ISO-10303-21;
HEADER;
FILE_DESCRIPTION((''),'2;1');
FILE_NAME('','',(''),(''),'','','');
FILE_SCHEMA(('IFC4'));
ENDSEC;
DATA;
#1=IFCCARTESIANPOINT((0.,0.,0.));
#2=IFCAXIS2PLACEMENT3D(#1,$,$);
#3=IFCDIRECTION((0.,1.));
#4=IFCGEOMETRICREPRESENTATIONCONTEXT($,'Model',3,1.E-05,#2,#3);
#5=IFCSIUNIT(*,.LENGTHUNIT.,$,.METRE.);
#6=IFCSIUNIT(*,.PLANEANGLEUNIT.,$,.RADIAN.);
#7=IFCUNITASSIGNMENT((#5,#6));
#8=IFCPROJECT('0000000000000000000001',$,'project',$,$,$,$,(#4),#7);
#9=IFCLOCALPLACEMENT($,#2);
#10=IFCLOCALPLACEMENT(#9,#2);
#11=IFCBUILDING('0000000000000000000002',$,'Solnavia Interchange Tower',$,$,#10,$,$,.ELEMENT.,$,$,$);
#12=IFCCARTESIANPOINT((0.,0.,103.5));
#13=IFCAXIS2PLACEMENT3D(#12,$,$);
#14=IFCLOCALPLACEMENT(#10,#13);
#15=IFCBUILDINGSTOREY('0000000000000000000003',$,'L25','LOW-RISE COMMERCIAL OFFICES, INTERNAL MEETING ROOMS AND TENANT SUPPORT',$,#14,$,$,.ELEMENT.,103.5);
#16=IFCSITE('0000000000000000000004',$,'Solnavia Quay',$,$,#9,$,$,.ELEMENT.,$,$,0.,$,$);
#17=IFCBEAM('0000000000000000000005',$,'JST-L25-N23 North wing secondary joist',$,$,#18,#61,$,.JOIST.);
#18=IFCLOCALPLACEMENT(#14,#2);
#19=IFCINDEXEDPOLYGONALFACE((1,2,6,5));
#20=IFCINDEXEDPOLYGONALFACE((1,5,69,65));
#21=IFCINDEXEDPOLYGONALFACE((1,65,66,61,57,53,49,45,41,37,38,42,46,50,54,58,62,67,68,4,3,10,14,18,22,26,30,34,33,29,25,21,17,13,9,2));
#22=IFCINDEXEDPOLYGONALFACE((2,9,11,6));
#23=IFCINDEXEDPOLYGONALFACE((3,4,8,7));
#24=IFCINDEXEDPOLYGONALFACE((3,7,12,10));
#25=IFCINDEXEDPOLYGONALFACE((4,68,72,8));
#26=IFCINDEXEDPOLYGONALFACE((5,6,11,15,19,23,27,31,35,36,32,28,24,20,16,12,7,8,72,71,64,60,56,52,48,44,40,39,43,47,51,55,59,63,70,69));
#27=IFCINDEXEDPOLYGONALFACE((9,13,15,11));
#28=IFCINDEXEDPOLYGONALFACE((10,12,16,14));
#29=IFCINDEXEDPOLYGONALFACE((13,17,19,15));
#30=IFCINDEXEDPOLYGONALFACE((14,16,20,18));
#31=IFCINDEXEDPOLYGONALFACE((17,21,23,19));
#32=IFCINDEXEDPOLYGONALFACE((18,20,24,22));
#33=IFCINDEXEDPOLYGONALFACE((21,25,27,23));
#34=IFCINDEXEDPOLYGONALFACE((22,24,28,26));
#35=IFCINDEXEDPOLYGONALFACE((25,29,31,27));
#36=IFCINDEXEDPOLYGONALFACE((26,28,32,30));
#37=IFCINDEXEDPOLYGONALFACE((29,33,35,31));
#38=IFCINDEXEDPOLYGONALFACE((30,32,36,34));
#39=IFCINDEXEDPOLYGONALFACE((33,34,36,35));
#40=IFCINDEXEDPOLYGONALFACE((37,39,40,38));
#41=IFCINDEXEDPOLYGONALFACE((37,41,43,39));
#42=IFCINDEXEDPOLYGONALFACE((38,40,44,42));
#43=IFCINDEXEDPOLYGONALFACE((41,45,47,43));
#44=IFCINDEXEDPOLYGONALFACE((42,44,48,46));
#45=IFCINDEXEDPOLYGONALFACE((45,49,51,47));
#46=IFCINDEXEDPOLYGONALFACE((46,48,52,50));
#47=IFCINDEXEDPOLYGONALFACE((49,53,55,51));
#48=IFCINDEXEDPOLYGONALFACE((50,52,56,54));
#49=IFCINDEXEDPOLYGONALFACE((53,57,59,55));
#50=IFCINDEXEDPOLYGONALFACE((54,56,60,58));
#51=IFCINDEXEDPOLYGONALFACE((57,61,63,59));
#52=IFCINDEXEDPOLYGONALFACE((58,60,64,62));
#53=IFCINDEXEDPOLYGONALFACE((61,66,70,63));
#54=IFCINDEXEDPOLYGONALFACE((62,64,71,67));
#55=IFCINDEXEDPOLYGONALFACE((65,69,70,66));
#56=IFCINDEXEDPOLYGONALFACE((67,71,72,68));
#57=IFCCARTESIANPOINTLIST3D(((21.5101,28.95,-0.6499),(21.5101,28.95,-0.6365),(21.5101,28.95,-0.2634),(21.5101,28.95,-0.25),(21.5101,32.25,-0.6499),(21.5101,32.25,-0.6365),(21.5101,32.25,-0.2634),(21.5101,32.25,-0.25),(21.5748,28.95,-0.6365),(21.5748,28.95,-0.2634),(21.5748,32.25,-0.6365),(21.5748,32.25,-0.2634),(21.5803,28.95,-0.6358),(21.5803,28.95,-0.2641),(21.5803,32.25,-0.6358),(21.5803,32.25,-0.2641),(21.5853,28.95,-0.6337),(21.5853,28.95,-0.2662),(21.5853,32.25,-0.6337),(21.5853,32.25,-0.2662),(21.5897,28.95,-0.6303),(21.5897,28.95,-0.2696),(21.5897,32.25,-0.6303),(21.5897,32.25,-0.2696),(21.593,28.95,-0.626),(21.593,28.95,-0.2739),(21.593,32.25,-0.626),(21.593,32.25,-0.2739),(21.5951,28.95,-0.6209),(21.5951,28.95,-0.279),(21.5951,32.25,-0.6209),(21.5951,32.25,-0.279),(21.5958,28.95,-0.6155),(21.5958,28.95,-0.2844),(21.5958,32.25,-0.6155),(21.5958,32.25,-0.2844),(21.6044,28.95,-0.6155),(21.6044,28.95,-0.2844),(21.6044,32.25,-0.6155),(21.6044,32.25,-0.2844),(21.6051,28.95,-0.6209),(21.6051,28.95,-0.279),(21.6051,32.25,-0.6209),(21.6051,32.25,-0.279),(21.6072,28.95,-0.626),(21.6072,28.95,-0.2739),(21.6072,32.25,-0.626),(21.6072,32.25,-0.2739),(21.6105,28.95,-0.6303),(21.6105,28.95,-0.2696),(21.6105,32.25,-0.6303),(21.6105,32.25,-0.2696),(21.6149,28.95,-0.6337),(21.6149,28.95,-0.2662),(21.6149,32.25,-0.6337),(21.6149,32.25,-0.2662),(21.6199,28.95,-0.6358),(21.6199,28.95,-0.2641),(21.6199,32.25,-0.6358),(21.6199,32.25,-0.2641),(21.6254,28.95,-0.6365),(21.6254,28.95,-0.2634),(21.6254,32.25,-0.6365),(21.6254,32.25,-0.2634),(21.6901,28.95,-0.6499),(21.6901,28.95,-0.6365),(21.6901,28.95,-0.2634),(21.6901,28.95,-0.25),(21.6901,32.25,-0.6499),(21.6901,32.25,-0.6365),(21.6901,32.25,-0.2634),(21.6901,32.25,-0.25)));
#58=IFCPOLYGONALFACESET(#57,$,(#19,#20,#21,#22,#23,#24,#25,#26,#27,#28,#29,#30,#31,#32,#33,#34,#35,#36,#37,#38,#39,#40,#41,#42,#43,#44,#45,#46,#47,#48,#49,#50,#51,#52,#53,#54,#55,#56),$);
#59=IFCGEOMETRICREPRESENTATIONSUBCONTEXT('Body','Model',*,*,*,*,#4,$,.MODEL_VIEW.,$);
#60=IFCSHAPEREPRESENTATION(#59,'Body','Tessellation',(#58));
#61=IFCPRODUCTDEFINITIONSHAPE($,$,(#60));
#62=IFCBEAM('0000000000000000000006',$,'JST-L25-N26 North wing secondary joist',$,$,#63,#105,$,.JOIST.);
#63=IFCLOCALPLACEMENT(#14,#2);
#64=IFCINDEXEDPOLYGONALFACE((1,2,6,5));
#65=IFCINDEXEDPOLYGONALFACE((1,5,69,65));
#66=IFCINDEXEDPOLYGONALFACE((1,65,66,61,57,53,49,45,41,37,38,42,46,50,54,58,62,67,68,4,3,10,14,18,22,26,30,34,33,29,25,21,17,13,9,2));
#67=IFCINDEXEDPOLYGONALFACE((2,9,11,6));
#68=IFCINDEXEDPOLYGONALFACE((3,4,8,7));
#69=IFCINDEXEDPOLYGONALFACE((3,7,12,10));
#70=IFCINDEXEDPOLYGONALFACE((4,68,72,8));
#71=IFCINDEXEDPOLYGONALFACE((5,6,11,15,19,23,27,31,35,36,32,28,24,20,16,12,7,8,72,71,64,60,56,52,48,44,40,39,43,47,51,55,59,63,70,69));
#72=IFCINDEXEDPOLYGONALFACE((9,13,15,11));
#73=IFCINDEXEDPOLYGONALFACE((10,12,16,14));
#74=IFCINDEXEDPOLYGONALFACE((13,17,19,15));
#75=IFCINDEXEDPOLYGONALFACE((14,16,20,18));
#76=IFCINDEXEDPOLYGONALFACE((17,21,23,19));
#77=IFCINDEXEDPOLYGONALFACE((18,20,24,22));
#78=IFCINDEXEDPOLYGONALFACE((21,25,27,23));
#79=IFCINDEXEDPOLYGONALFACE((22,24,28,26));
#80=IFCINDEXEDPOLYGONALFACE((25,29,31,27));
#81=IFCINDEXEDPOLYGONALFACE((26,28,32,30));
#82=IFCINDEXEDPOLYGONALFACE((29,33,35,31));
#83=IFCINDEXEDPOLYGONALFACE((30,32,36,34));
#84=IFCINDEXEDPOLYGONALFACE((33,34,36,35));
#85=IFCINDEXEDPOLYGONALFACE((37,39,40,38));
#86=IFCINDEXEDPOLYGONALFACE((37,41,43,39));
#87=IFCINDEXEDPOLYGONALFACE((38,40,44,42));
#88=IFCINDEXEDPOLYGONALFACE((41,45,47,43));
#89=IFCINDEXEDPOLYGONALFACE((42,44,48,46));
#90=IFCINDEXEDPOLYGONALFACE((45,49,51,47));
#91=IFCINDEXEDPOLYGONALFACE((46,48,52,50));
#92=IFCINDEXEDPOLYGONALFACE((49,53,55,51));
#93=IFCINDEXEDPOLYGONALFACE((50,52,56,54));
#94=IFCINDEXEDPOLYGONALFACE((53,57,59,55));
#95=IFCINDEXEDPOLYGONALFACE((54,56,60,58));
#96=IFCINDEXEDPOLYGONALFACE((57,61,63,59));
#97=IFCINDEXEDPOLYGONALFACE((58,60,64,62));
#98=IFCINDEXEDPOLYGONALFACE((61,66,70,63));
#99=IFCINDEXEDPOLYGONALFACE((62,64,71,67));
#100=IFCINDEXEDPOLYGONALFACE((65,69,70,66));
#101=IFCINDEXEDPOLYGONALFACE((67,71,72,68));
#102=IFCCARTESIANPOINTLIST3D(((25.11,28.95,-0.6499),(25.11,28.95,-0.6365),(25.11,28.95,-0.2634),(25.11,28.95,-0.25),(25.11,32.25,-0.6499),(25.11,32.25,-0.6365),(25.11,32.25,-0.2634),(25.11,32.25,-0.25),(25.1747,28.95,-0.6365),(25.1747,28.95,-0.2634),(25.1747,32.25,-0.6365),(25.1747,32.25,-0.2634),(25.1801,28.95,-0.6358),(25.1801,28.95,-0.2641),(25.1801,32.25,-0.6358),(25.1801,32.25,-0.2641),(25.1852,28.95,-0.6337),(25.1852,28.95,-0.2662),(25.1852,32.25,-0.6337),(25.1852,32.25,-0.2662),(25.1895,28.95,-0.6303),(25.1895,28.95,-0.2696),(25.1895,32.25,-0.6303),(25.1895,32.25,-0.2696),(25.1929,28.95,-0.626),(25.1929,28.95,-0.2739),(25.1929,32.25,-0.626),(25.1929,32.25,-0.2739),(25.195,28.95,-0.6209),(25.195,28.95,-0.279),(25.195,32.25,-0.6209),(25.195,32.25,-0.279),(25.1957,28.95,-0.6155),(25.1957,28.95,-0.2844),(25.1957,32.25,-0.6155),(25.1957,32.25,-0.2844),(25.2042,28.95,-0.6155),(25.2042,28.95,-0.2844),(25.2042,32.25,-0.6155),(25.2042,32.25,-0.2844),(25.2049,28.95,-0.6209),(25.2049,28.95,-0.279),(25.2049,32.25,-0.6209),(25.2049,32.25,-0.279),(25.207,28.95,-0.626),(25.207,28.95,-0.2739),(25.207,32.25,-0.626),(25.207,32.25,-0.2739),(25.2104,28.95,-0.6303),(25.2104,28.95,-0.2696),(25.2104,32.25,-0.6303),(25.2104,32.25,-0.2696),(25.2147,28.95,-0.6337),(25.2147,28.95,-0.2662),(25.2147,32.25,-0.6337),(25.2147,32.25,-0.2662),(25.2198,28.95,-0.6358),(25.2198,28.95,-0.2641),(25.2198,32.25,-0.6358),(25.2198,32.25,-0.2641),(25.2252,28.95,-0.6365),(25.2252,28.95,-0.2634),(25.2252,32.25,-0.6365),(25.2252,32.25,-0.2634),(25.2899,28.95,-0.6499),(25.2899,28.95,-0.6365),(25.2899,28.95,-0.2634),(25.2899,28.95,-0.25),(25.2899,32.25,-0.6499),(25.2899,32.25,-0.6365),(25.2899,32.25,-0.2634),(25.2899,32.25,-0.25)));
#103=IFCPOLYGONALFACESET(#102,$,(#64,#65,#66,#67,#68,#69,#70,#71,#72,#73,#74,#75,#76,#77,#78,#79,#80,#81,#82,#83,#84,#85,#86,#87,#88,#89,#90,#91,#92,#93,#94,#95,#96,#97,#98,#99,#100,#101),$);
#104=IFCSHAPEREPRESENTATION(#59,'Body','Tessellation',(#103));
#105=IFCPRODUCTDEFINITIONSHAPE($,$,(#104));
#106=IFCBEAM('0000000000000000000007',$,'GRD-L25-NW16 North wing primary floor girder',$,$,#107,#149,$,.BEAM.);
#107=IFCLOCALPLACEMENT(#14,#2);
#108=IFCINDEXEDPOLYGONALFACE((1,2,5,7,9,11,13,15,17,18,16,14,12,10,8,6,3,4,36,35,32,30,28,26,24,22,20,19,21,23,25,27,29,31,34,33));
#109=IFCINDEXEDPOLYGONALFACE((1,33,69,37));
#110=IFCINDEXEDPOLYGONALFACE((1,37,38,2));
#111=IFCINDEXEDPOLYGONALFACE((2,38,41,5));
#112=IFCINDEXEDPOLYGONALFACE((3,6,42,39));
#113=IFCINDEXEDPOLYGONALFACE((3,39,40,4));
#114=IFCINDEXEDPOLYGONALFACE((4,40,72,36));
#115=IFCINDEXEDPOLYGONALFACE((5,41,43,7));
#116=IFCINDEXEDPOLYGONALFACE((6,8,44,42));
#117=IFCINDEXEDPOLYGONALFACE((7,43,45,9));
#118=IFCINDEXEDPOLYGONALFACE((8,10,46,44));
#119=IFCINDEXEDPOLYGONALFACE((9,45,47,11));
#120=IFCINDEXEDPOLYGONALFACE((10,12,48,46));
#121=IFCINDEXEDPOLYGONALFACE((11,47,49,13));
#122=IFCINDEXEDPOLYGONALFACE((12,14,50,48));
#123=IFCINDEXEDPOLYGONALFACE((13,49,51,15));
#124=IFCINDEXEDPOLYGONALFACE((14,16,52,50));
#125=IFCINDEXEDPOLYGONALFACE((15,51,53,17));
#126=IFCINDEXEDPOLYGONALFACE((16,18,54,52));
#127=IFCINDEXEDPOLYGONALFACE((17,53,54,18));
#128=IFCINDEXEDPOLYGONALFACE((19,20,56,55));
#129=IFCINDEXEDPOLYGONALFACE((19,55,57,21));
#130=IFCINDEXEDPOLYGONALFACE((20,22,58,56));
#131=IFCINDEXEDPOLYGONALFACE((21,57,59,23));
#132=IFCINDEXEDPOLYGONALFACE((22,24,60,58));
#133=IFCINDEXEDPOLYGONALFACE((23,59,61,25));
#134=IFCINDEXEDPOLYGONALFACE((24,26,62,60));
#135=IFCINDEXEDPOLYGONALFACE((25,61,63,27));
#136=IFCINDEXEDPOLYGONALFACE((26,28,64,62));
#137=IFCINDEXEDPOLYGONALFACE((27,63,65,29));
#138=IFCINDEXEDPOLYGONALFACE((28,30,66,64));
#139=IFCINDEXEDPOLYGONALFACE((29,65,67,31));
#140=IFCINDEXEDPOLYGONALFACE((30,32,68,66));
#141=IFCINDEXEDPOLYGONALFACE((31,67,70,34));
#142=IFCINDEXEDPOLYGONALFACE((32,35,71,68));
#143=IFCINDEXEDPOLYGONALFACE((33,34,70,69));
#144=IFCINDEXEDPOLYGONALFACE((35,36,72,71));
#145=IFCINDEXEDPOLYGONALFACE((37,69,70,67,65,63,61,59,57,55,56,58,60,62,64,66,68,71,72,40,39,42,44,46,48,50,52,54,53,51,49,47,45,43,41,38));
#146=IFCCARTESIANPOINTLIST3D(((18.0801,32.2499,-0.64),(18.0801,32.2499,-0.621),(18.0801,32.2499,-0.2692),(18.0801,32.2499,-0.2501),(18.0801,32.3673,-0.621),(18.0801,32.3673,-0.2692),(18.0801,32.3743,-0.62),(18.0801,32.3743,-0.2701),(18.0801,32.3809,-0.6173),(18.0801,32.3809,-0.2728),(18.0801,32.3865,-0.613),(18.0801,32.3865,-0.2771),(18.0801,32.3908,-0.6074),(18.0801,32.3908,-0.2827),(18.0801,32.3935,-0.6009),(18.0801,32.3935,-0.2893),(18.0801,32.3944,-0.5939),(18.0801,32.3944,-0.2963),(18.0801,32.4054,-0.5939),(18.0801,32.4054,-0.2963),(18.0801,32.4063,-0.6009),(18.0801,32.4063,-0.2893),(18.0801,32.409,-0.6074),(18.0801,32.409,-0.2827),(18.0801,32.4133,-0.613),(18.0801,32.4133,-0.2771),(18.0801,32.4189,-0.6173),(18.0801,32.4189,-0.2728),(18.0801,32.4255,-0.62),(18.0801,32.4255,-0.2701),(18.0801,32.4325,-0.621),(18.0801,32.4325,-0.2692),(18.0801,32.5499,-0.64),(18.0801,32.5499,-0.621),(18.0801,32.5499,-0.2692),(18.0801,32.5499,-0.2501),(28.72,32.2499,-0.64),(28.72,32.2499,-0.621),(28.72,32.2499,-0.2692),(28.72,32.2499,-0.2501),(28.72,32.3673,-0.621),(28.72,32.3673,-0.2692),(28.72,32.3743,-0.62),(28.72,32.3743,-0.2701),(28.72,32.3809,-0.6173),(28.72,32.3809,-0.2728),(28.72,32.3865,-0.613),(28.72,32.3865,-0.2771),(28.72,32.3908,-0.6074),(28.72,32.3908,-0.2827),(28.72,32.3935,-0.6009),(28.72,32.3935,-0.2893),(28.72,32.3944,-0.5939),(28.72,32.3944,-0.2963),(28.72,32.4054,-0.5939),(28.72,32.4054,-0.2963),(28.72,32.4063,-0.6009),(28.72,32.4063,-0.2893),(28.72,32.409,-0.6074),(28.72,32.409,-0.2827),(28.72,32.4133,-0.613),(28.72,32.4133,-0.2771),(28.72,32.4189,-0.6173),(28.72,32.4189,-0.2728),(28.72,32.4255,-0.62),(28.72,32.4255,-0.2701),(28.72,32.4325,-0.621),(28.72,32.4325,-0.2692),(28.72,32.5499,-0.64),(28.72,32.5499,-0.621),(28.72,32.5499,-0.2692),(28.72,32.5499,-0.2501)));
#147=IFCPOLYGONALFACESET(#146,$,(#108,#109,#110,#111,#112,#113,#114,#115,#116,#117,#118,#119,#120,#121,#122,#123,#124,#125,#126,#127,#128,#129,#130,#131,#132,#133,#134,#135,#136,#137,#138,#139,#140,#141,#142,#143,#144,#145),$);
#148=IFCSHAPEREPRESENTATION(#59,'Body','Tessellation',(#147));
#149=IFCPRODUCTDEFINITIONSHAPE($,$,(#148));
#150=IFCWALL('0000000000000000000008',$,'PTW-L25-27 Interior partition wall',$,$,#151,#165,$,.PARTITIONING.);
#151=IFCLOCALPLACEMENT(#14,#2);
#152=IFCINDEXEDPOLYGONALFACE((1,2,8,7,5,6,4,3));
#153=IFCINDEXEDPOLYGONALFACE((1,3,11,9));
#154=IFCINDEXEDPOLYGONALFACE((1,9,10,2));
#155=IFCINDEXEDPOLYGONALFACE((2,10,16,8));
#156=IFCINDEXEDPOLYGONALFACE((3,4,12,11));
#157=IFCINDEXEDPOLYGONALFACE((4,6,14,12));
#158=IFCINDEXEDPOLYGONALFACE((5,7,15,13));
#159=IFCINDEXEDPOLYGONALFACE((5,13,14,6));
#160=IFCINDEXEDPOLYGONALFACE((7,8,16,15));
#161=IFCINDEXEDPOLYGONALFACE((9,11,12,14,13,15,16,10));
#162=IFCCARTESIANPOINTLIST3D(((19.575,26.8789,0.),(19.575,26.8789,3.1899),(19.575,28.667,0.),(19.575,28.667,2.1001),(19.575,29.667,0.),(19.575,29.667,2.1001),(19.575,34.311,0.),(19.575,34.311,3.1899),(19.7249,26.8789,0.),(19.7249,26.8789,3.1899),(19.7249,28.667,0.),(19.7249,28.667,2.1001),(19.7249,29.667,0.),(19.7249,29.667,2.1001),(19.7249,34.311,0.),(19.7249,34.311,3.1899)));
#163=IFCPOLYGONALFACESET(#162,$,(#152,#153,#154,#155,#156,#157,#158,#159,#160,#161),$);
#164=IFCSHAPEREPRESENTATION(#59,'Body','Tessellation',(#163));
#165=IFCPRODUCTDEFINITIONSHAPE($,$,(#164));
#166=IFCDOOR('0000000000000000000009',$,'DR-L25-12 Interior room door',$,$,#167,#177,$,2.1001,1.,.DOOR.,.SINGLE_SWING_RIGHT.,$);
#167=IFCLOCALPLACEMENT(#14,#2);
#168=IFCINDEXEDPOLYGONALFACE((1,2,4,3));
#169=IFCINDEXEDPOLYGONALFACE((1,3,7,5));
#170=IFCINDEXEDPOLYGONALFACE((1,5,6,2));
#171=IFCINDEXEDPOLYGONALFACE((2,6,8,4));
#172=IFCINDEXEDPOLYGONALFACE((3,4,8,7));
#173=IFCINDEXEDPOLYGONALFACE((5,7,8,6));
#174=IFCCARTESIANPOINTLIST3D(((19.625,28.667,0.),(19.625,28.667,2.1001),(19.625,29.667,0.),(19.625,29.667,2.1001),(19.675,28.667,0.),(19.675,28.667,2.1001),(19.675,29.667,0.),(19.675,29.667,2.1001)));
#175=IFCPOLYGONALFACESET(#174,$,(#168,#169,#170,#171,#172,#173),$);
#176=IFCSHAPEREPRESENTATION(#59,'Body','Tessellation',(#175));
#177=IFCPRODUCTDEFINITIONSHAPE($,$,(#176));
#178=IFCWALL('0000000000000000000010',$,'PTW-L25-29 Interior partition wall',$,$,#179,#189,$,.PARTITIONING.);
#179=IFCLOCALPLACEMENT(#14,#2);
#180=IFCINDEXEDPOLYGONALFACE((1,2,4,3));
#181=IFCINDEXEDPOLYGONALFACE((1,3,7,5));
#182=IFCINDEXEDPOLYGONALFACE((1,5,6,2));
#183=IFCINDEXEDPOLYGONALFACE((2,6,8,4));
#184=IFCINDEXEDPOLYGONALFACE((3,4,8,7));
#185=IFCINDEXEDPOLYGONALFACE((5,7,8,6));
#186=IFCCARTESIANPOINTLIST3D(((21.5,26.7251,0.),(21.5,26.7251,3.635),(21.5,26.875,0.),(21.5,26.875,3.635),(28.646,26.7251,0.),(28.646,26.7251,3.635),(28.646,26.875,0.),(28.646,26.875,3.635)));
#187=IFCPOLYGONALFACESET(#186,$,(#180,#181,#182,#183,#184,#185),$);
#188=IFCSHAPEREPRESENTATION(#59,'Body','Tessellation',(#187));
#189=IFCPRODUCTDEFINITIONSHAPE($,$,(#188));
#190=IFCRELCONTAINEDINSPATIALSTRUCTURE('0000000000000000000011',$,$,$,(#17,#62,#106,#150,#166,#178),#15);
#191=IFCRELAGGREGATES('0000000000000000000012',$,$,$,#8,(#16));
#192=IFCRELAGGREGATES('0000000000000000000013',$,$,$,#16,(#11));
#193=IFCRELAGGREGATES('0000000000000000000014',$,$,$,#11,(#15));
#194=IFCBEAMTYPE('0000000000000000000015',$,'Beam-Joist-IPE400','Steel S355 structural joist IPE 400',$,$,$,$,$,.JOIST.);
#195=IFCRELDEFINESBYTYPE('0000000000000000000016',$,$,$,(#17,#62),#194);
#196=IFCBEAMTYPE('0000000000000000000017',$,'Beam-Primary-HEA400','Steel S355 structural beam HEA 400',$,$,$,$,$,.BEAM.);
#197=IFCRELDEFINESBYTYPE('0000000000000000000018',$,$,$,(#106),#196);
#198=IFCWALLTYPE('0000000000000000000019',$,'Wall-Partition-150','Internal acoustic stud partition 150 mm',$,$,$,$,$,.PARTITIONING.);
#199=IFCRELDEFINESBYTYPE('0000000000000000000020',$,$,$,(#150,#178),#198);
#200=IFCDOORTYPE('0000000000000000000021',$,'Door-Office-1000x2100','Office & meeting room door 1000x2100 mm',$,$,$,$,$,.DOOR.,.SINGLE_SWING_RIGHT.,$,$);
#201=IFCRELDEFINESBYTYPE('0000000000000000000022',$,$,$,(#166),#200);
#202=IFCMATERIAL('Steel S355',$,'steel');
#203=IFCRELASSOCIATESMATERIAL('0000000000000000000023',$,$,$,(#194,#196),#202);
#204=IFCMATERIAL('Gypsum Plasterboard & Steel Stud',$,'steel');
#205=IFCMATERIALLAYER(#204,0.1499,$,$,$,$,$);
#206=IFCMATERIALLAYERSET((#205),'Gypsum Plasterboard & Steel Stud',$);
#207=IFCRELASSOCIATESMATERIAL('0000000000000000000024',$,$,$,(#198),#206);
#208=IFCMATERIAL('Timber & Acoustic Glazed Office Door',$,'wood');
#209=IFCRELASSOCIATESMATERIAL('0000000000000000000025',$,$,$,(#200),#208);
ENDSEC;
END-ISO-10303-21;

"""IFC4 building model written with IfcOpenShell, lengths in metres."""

from ifc_helpers import new_model, si_unit, direction, frame, frame_2d, origin, origin_2d, place, context, subcontext, project, spatial, rectangle, i_section, extrude, material, layer, layer_set, material_profile, profile_set, type_object, element, fill, save


model = new_model("IFC4")

# Units and contexts
model_context = context("Model", 3, precision=1e-05, world=origin(), true_north=direction((0.0, 1.0)))
body_context = subcontext(model_context, "Body", "Model", "MODEL_VIEW")
ifc_project = project(units=[si_unit("LENGTHUNIT", "METRE"), si_unit("PLANEANGLEUNIT", "RADIAN")], contexts=[model_context])

# Site, building, storey
site_placement = place(None, origin())
site = spatial("IfcSite", under=ifc_project, at=site_placement, Name="Solnavia Quay", CompositionType="ELEMENT", RefElevation=0.0)
building_placement = place(site_placement, origin())
building = spatial("IfcBuilding", under=site, at=building_placement, Name="Solnavia Interchange Tower", CompositionType="ELEMENT")
storey_placement = place(building_placement, frame((0.0, 0.0, 103.5)))
storey = spatial("IfcBuildingStorey", under=building, at=storey_placement, Name="L25", Description="LOW-RISE COMMERCIAL OFFICES, INTERNAL MEETING ROOMS AND TENANT SUPPORT", CompositionType="ELEMENT", Elevation=103.5)

# Shared definitions
ifc_material_1 = material(Name="Steel S355", Category="steel")

# Beams
ifc_material_profile_1 = material_profile(ifc_material_1, i_section(OverallWidth=0.1799, OverallDepth=0.3999, WebThickness=0.0085, FlangeThickness=0.0134, FilletRadius=0.021, at=origin_2d()), Name="IPE 400")
ifc_profile_set_1 = profile_set([ifc_material_profile_1], Name="Steel S355")
beam_type_1 = type_object("IfcBeamType", Name="Beam-Joist-IPE400", Description="Steel S355 structural joist IPE 400", PredefinedType="JOIST", material=ifc_profile_set_1)
for number, where, z_axis, x_axis, name in (
    (1, (21.6001, 28.95, -0.45), (0.0, 1.0, 0.0), (-1.0, 0.0, 0.0), "JST-L25-N23 North wing secondary joist"),
    (2, (25.2, 28.95, -0.45), (0.0, 1.0, 0.0), (-1.0, 0.0, 0.0), "JST-L25-N26 North wing secondary joist"),
):
    element("IfcBeam", number, at=place(storey_placement, frame(where, z_axis=z_axis, x_axis=x_axis)), inside=storey, type_object=beam_type_1, Name=name, PredefinedType="JOIST", context=body_context, shape_type="SweptSolid", body=[
        extrude(i_section(OverallWidth=0.1799, OverallDepth=0.3999, WebThickness=0.0085, FlangeThickness=0.0134, FilletRadius=0.021, at=origin_2d()), origin(), (0.0, 0.0, 1.0), 3.3),
    ])
ifc_material_profile_2 = material_profile(ifc_material_1, i_section(OverallWidth=0.3, OverallDepth=0.3899, WebThickness=0.011, FlangeThickness=0.019, FilletRadius=0.0271, at=origin_2d()), Name="HEA 400")
ifc_profile_set_2 = profile_set([ifc_material_profile_2], Name="Steel S355")
beam_type_2 = type_object("IfcBeamType", Name="Beam-Primary-HEA400", Description="Steel S355 structural beam HEA 400", PredefinedType="BEAM", material=ifc_profile_set_2)
beam_placement = place(storey_placement, frame((18.0801, 32.3999, -0.4451), z_axis=(1.0, 0.0, 0.0), x_axis=(0.0, 1.0, 0.0)))
element("IfcBeam", 3, at=beam_placement, inside=storey, type_object=beam_type_2, Name="GRD-L25-NW16 North wing primary floor girder", PredefinedType="BEAM", context=body_context, shape_type="SweptSolid", body=[
    extrude(i_section(OverallWidth=0.3, OverallDepth=0.3899, WebThickness=0.011, FlangeThickness=0.019, FilletRadius=0.0271, at=origin_2d()), origin(), (0.0, 0.0, 1.0), 10.6399),
])

# Wall, opening, door
ifc_material_2 = material(Name="Gypsum Plasterboard & Steel Stud", Category="steel")
ifc_layer_1 = layer(ifc_material_2, 0.1499)
ifc_layer_set_1 = layer_set([ifc_layer_1], Name="Gypsum Plasterboard & Steel Stud")
wall_type_1 = type_object("IfcWallType", Name="Wall-Partition-150", Description="Internal acoustic stud partition 150 mm", PredefinedType="PARTITIONING", material=ifc_layer_set_1)
wall_1_placement = place(storey_placement, frame((19.6499, 26.8789, 0.0), z_axis=(0.0, 0.0, 1.0), x_axis=(0.0, 1.0, 0.0)))
wall_1 = element("IfcWall", 4, at=wall_1_placement, inside=storey, type_object=wall_type_1, Name="PTW-L25-27 Interior partition wall", PredefinedType="PARTITIONING", context=body_context, shape_type="SweptSolid", body=[
    extrude(rectangle(XDim=7.4321, YDim=0.1499, at=frame_2d((3.7161, 0.0))), origin(), (0.0, 0.0, 1.0), 3.1899),
])
opening_1_placement = place(wall_1_placement, frame((1.7881, 0.0, 0.0)))
opening_1 = element("IfcOpeningElement", 5, at=opening_1_placement, cuts=wall_1, PredefinedType="OPENING", context=body_context, shape_type="SweptSolid", body=[
    extrude(rectangle(XDim=1.0, YDim=2.1001, at=frame_2d((0.5, 1.05))), frame((0.0, 0.085, 0.0), z_axis=(0.0, -1.0, 0.0), x_axis=(1.0, 0.0, 0.0)), (0.0, 0.0, 1.0), 0.1699),
])
ifc_material_3 = material(Name="Timber & Acoustic Glazed Office Door", Category="wood")
door_type = type_object("IfcDoorType", Name="Door-Office-1000x2100", Description="Office & meeting room door 1000x2100 mm", OperationType="SINGLE_SWING_RIGHT", PredefinedType="DOOR", material=ifc_material_3)
door_1_placement = place(opening_1_placement, origin())
door_1 = element("IfcDoor", 6, at=door_1_placement, inside=storey, type_object=door_type, Name="DR-L25-12 Interior room door", OperationType="SINGLE_SWING_RIGHT", OverallHeight=2.1001, OverallWidth=1.0, PredefinedType="DOOR", context=body_context, shape_type="SweptSolid", body=[
    extrude(rectangle(XDim=1.0, YDim=2.1001, at=frame_2d((0.5, 1.05))), frame((0.0, 0.0249, 0.0), z_axis=(0.0, -1.0, 0.0), x_axis=(1.0, 0.0, 0.0)), (0.0, 0.0, 1.0), 0.05),
])
fill(opening_1, door_1)

# Wall
wall_2_placement = place(storey_placement, frame((21.5, 26.8, 0.0), z_axis=(0.0, 0.0, 1.0), x_axis=(1.0, 0.0, 0.0)))
element("IfcWall", 7, at=wall_2_placement, inside=storey, type_object=wall_type_1, Name="PTW-L25-29 Interior partition wall", PredefinedType="PARTITIONING", context=body_context, shape_type="SweptSolid", body=[
    extrude(rectangle(XDim=7.146, YDim=0.1499, at=frame_2d((3.573, 0.0))), origin(), (0.0, 0.0, 1.0), 3.635),
])

save(model, "model.ifc")
